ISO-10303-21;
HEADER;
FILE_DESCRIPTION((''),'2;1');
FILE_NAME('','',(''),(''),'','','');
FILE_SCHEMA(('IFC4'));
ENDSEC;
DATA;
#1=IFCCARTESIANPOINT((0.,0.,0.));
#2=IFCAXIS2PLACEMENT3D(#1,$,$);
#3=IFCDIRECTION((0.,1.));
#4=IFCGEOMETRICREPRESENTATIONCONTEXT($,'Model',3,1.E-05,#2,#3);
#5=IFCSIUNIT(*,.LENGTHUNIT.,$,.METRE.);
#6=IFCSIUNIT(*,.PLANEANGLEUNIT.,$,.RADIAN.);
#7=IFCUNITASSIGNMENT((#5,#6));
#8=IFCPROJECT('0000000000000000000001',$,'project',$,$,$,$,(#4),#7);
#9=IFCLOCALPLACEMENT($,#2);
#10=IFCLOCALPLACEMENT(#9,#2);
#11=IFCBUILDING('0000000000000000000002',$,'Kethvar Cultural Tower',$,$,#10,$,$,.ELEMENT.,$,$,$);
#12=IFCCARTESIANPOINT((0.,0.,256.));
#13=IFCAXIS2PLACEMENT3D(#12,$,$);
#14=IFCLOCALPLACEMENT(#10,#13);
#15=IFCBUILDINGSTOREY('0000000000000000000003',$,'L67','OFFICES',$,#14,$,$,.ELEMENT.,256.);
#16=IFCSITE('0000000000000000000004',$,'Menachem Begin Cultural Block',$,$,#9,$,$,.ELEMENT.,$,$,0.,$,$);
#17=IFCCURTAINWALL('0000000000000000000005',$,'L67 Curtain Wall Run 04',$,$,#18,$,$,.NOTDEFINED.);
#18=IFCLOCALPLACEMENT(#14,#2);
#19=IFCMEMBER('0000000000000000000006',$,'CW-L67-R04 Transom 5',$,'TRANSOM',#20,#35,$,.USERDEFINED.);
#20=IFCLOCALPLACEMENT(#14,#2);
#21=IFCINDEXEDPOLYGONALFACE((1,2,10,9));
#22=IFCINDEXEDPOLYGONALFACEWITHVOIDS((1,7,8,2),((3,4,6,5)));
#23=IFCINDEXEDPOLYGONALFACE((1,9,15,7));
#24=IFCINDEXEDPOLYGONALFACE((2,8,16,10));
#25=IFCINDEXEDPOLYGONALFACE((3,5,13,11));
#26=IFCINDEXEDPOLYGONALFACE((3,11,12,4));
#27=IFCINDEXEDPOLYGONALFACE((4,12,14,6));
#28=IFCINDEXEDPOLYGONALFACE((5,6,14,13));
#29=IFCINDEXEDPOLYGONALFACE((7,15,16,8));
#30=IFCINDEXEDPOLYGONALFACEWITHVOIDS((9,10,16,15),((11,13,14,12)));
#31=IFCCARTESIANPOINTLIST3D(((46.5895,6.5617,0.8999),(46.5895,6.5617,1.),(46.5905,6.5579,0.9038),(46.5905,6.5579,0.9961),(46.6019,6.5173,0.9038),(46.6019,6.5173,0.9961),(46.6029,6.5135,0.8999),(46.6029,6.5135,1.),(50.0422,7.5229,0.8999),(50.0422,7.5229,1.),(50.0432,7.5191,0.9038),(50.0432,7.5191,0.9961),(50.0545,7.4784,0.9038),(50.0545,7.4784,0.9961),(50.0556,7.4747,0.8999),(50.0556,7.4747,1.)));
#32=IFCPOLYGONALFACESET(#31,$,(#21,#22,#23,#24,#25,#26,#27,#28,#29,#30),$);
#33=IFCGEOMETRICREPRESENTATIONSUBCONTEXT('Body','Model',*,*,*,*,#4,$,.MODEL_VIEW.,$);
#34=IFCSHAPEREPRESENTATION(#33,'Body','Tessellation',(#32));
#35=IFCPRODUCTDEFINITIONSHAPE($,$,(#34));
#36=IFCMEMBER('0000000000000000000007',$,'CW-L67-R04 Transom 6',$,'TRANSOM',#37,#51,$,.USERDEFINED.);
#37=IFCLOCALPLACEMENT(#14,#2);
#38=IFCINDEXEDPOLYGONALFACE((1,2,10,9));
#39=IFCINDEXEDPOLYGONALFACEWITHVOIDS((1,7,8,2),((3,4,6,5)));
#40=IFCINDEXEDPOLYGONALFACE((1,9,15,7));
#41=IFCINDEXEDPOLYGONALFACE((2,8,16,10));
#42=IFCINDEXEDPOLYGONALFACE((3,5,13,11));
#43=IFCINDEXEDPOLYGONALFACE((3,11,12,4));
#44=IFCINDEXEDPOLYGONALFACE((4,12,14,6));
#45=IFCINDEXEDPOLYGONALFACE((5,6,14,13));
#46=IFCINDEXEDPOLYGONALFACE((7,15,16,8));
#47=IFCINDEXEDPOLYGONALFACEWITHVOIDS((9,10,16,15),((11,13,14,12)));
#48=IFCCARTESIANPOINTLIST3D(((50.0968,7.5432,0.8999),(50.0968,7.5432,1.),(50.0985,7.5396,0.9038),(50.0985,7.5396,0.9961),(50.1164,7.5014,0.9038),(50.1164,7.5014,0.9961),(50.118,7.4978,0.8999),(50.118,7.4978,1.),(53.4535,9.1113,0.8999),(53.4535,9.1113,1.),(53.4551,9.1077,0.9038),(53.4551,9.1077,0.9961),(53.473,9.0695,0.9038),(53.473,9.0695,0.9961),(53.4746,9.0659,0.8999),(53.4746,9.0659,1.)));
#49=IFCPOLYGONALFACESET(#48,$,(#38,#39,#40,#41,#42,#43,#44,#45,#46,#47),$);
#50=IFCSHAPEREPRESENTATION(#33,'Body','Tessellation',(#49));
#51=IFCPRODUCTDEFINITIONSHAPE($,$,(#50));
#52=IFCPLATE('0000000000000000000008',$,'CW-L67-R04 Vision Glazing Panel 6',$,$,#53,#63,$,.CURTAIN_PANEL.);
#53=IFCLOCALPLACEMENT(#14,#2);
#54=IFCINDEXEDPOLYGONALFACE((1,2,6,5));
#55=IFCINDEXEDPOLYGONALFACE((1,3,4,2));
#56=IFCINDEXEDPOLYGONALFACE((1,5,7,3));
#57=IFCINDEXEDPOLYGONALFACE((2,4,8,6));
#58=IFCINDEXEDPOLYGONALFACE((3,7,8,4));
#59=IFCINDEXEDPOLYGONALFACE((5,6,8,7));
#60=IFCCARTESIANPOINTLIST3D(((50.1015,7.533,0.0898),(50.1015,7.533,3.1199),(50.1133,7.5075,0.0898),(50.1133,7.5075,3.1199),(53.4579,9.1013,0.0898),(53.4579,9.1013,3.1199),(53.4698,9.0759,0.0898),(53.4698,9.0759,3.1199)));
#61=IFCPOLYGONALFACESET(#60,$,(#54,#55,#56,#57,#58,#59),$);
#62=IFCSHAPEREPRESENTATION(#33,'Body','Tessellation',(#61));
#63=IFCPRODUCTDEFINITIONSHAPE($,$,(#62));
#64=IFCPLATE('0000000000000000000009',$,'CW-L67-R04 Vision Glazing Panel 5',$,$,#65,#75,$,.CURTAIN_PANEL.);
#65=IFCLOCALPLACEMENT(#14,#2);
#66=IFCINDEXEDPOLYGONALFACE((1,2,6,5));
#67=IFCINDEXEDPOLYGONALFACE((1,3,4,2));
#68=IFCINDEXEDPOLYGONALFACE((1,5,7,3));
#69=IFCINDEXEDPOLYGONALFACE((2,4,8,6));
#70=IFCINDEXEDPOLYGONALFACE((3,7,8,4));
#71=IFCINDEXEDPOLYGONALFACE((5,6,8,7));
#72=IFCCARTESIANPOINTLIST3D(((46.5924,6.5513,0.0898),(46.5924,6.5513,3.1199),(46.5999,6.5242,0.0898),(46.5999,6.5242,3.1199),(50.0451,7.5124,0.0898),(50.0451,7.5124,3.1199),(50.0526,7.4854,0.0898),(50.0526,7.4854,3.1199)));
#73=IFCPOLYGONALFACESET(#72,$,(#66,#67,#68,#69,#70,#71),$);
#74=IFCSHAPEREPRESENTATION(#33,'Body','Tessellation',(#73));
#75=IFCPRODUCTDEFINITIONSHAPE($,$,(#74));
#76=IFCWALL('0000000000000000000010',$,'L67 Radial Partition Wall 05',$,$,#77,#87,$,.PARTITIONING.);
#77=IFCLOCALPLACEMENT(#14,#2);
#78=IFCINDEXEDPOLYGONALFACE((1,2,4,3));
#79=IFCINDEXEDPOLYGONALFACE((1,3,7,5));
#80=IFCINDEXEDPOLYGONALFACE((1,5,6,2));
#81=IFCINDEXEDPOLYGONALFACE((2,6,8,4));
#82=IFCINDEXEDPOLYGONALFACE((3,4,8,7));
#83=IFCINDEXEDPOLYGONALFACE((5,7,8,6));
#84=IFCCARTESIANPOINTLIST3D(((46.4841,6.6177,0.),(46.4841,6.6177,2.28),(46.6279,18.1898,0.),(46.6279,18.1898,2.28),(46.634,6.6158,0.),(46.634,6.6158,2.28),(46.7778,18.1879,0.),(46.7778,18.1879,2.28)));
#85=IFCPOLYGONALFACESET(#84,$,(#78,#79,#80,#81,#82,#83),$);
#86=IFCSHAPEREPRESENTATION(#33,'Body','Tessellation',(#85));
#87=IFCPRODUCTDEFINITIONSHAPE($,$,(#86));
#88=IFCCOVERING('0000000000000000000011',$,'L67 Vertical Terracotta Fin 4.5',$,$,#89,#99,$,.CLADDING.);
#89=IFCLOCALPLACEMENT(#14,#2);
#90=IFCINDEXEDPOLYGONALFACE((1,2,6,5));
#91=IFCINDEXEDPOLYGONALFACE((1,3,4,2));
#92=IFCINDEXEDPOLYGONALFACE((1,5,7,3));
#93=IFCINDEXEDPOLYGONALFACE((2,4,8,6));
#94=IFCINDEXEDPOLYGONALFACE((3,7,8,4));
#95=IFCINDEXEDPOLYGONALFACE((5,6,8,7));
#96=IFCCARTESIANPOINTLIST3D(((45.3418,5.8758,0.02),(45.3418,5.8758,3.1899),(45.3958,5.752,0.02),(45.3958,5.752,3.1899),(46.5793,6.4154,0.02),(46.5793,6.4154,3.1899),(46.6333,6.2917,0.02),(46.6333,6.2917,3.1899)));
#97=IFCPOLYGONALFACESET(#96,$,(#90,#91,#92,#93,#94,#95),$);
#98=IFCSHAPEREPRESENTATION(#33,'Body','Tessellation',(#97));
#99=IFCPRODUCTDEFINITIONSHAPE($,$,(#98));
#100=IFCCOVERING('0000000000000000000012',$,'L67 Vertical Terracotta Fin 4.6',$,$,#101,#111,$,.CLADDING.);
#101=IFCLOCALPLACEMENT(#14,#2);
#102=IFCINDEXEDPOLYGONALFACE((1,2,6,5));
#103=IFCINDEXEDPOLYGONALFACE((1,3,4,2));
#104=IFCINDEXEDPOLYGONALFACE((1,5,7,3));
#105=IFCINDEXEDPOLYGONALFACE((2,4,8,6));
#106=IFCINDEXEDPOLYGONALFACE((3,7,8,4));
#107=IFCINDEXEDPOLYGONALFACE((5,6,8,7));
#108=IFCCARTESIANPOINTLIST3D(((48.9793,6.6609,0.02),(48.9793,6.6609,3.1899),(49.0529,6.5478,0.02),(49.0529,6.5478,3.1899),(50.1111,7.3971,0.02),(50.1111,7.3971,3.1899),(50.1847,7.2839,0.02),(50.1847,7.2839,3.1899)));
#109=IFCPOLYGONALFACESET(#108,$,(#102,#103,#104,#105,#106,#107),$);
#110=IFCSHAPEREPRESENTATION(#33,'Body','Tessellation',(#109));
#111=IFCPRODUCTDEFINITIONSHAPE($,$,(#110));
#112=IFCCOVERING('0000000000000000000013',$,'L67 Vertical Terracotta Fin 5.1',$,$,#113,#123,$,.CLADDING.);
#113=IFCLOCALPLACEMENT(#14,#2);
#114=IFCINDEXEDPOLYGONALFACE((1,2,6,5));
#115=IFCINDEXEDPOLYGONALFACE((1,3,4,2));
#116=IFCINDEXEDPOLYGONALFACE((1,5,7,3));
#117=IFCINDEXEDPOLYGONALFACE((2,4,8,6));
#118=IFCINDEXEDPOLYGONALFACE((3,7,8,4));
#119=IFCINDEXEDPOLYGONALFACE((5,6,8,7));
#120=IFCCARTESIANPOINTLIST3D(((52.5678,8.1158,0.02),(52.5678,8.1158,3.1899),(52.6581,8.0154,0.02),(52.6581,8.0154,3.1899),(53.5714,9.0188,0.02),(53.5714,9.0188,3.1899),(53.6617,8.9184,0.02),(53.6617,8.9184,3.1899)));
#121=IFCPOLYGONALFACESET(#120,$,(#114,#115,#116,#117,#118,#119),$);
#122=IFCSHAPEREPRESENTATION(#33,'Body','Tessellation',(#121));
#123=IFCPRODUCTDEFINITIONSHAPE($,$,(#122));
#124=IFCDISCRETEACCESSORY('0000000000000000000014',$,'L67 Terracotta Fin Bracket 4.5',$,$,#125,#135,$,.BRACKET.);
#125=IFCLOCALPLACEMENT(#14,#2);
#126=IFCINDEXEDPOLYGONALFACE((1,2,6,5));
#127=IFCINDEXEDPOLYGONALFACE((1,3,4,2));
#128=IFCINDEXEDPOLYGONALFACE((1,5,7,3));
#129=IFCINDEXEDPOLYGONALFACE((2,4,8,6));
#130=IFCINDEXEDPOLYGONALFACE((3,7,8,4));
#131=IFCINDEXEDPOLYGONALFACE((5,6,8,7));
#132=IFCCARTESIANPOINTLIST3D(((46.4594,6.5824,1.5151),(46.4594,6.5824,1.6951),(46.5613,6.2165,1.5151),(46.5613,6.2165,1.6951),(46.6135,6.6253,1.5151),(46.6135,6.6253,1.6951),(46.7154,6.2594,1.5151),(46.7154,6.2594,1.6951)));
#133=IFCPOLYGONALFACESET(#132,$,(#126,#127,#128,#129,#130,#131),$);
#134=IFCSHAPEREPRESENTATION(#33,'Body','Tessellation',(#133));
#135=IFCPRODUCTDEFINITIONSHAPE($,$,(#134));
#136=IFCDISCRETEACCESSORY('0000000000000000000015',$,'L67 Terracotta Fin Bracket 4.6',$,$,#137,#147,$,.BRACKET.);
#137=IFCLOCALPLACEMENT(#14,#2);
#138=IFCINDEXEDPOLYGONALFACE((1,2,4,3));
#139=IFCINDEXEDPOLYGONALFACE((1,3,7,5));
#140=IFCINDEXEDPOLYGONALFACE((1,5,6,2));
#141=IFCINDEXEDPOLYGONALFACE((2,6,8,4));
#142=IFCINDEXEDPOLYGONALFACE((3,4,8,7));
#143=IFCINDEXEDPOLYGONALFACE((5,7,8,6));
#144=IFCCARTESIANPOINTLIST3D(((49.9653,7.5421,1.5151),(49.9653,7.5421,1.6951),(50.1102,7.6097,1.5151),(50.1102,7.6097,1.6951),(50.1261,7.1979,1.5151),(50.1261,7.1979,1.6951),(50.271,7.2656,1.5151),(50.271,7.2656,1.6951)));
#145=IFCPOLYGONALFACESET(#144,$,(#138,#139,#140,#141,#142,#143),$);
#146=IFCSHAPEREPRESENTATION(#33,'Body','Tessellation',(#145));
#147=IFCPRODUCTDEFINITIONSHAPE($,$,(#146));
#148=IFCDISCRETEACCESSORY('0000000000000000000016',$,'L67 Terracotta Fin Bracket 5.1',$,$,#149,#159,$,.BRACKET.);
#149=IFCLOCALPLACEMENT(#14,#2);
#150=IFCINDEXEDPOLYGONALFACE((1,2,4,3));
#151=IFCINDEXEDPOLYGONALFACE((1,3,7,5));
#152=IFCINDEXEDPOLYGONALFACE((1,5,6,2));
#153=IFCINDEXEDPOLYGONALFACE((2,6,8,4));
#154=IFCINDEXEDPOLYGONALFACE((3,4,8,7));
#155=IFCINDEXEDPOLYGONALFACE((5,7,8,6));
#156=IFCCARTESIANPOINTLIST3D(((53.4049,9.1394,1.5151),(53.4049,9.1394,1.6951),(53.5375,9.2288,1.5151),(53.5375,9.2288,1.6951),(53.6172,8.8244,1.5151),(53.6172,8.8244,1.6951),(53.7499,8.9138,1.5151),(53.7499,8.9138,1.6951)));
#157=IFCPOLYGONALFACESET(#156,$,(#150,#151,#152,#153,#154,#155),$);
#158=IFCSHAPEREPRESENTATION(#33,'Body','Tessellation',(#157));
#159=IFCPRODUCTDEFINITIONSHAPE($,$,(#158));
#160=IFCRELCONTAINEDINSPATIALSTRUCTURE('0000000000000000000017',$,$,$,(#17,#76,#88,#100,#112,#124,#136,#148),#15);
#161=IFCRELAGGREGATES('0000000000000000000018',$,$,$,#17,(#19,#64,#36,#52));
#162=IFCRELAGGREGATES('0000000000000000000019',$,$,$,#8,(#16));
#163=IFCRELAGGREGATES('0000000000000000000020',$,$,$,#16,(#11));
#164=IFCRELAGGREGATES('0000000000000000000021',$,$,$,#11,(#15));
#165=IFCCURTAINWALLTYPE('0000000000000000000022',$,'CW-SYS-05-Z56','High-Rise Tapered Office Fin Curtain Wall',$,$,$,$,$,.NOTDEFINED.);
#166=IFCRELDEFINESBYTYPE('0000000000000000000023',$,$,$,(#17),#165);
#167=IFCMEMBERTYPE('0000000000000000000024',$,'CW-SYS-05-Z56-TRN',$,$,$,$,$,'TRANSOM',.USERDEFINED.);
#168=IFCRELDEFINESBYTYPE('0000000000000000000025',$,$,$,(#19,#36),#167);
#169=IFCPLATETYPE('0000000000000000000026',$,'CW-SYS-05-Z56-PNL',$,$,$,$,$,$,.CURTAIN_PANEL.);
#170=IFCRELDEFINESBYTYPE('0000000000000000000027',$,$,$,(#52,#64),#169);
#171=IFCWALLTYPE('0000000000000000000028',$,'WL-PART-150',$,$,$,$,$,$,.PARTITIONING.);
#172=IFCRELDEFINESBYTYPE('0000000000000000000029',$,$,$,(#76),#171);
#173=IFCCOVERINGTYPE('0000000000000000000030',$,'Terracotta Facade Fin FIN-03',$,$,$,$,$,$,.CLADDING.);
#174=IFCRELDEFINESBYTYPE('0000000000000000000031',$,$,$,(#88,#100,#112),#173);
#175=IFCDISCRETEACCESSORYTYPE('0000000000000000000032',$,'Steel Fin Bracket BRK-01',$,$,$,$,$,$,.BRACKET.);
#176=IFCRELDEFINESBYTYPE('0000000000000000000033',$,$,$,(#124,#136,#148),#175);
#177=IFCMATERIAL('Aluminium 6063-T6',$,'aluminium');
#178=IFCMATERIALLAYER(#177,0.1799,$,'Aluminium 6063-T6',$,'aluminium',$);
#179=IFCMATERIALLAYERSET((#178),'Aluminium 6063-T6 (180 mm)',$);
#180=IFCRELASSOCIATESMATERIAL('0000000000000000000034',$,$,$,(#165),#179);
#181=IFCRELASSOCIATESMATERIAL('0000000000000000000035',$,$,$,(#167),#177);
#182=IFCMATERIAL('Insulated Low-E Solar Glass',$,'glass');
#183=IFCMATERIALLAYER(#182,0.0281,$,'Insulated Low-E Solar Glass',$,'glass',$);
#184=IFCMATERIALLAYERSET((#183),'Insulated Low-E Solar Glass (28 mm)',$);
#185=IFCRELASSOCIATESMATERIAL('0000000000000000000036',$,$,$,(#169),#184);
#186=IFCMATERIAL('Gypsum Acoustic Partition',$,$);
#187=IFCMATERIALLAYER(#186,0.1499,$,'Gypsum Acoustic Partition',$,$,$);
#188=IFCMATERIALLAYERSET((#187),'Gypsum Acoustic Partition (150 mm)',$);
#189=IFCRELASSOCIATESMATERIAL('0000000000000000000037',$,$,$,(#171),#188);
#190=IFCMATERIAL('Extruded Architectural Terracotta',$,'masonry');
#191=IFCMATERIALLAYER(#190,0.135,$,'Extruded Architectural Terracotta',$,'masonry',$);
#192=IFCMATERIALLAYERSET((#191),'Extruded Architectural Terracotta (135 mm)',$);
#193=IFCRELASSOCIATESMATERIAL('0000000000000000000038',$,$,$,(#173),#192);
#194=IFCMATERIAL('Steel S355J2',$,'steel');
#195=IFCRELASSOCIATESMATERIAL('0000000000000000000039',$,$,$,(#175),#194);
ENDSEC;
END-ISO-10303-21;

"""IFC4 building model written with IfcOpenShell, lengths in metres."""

from ifc_helpers import new_model, si_unit, direction, frame, frame_2d, origin, origin_2d, place, context, subcontext, project, spatial, rectangle, hollow_rectangle, extrude, source, transform, mapped, material, layer, layer_set, material_profile, profile_set, type_object, element, aggregate, save


model = new_model("IFC4")

# Units and contexts
model_context = context("Model", 3, precision=1e-05, world=origin(), true_north=direction((0.0, 1.0)))
body_context = subcontext(model_context, "Body", "Model", "MODEL_VIEW")
ifc_project = project(units=[si_unit("LENGTHUNIT", "METRE"), si_unit("PLANEANGLEUNIT", "RADIAN")], contexts=[model_context])

# Site, building, storey
site_placement = place(None, origin())
site = spatial("IfcSite", under=ifc_project, at=site_placement, Name="Menachem Begin Cultural Block", CompositionType="ELEMENT", RefElevation=0.0)
building_placement = place(site_placement, origin())
building = spatial("IfcBuilding", under=site, at=building_placement, Name="Kethvar Cultural Tower", CompositionType="ELEMENT")
storey_placement = place(building_placement, frame((0.0, 0.0, 256.0)))
storey = spatial("IfcBuildingStorey", under=building, at=storey_placement, Name="L67", Description="OFFICES", CompositionType="ELEMENT", Elevation=256.0)

# Shared definitions
ifc_material_1 = material(Name="Steel S355J2", Category="steel")

# Curtain wall
ifc_material_2 = material(Name="Aluminium 6063-T6", Category="aluminium")
ifc_layer_1 = layer(ifc_material_2, 0.1799, Name="Aluminium 6063-T6", Category="aluminium")
ifc_layer_set_1 = layer_set([ifc_layer_1], Name="Aluminium 6063-T6 (180 mm)")
curtain_wall_type = type_object("IfcCurtainWallType", Name="CW-SYS-05-Z56", Description="High-Rise Tapered Office Fin Curtain Wall", PredefinedType="NOTDEFINED", material=ifc_layer_set_1)
curtain_wall_1_placement = place(storey_placement, origin())
curtain_wall_1 = element("IfcCurtainWall", 1, at=curtain_wall_1_placement, inside=storey, type_object=curtain_wall_type, Name="L67 Curtain Wall Run 04", PredefinedType="NOTDEFINED")
ifc_material_profile_1 = material_profile(ifc_material_2, hollow_rectangle(XDim=0.05, YDim=0.1001, WallThickness=0.0039, at=origin_2d()), Name="Aluminium 6063-T6 — RHS100x50x4")
ifc_profile_set_1 = profile_set([ifc_material_profile_1], Name="Aluminium 6063-T6 — RHS100x50x4")
member_type_1 = type_object("IfcMemberType", Name="CW-SYS-05-Z56-TRN", ElementType="TRANSOM", PredefinedType="USERDEFINED", material=ifc_profile_set_1)

# Members
shared_shape_1 = source(origin(), body_context, "Body", "SweptSolid", [
    extrude(hollow_rectangle(XDim=0.05, YDim=0.1001, WallThickness=0.0039, at=origin_2d()), origin(), (0.0, 0.0, 1.0), 3.584),
])
member_1_placement = place(storey_placement, frame((46.5962, 6.5376, 0.95), z_axis=(0.963366, 0.268192, 0.0), x_axis=(-0.268192, 0.963366, 0.0)))
member_1 = element("IfcMember", 2, at=member_1_placement, type_object=member_type_1, Name="CW-L67-R04 Transom 5", ObjectType="TRANSOM", PredefinedType="USERDEFINED", context=body_context, shape_type="MappedRepresentation", body=[
    mapped(shared_shape_1, transform((0.0, 0.0, 0.0), scale=1.0)),
])
shared_shape_2 = source(origin(), body_context, "Body", "SweptSolid", [
    extrude(hollow_rectangle(XDim=0.05, YDim=0.1001, WallThickness=0.0039, at=origin_2d()), origin(), (0.0, 0.0, 1.0), 3.7048),
])
member_2_placement = place(storey_placement, frame((50.1074, 7.5205, 0.95), z_axis=(0.906011, 0.423253, 0.0), x_axis=(-0.423253, 0.906011, 0.0)))
member_2 = element("IfcMember", 3, at=member_2_placement, type_object=member_type_1, Name="CW-L67-R04 Transom 6", ObjectType="TRANSOM", PredefinedType="USERDEFINED", context=body_context, shape_type="MappedRepresentation", body=[
    mapped(shared_shape_2, transform((0.0, 0.0, 0.0), scale=1.0)),
])

# Plates
ifc_material_3 = material(Name="Insulated Low-E Solar Glass", Category="glass")
ifc_layer_2 = layer(ifc_material_3, 0.0281, Name="Insulated Low-E Solar Glass", Category="glass")
ifc_layer_set_2 = layer_set([ifc_layer_2], Name="Insulated Low-E Solar Glass (28 mm)")
plate_type = type_object("IfcPlateType", Name="CW-SYS-05-Z56-PNL", PredefinedType="CURTAIN_PANEL", material=ifc_layer_set_2)
shared_shape_3 = source(origin(), body_context, "Body", "SweptSolid", [
    extrude(rectangle(XDim=3.7048, YDim=0.0281, at=origin_2d()), origin(), (0.0, 0.0, 1.0), 3.03),
])
plate_1_placement = place(storey_placement, frame((51.7856, 8.3044, 0.0898), z_axis=(0.0, 0.0, 1.0), x_axis=(0.905976, 0.42333, 0.0)))
plate_1 = element("IfcPlate", 4, at=plate_1_placement, type_object=plate_type, Name="CW-L67-R04 Vision Glazing Panel 6", PredefinedType="CURTAIN_PANEL", context=body_context, shape_type="MappedRepresentation", body=[
    mapped(shared_shape_3, transform((0.0, 0.0, 0.0), scale=1.0)),
])
shared_shape_4 = source(origin(), body_context, "Body", "SweptSolid", [
    extrude(rectangle(XDim=3.584, YDim=0.0281, at=origin_2d()), origin(), (0.0, 0.0, 1.0), 3.03),
])
plate_2_placement = place(storey_placement, frame((48.3225, 7.0183, 0.0898), z_axis=(0.0, 0.0, 1.0), x_axis=(0.963369, 0.26818, 0.0)))
plate_2 = element("IfcPlate", 5, at=plate_2_placement, type_object=plate_type, Name="CW-L67-R04 Vision Glazing Panel 5", PredefinedType="CURTAIN_PANEL", context=body_context, shape_type="MappedRepresentation", body=[
    mapped(shared_shape_4, transform((0.0, 0.0, 0.0), scale=1.0)),
])
aggregate(curtain_wall_1, [member_1, plate_2, member_2, plate_1])

# Wall
ifc_material_4 = material(Name="Gypsum Acoustic Partition")
ifc_layer_3 = layer(ifc_material_4, 0.1499, Name="Gypsum Acoustic Partition")
ifc_layer_set_3 = layer_set([ifc_layer_3], Name="Gypsum Acoustic Partition (150 mm)")
wall_type = type_object("IfcWallType", Name="WL-PART-150", PredefinedType="PARTITIONING", material=ifc_layer_set_3)
wall_placement = place(storey_placement, frame((46.7029, 18.189, 0.0), z_axis=(0.0, 0.0, 1.0), x_axis=(-0.012425, -0.999923, 0.0)))
element("IfcWall", 6, at=wall_placement, inside=storey, type_object=wall_type, Name="L67 Radial Partition Wall 05", PredefinedType="PARTITIONING", context=body_context, shape_type="SweptSolid", body=[
    extrude(rectangle(XDim=11.573, YDim=0.1499, at=frame_2d((5.7866, 0.0))), origin(), (0.0, 0.0, 1.0), 2.28),
])

# Coverings
ifc_material_5 = material(Name="Extruded Architectural Terracotta", Category="masonry")
ifc_layer_4 = layer(ifc_material_5, 0.135, Name="Extruded Architectural Terracotta", Category="masonry")
ifc_layer_set_4 = layer_set([ifc_layer_4], Name="Extruded Architectural Terracotta (135 mm)")
covering_type = type_object("IfcCoveringType", Name="Terracotta Facade Fin FIN-03", PredefinedType="CLADDING", material=ifc_layer_set_4)
shared_shape_5 = source(origin(), body_context, "Body", "SweptSolid", [
    extrude(rectangle(XDim=1.3501, YDim=0.135, at=origin_2d()), origin(), (0.0, 0.0, 1.0), 3.1699),
])
for number, where, z_axis, x_axis, name in (
    (7, (45.9875, 6.0837, 0.02), (0.0, 0.0, 1.0), (-0.916642, -0.399709, 0.0), "L67 Vertical Terracotta Fin 4.5"),
    (8, (49.582, 6.9724, 0.02), (0.0, 0.0, 1.0), (-0.83829, -0.545224, 0.0), "L67 Vertical Terracotta Fin 4.6"),
    (9, (53.1147, 8.5171, 0.02), (0.0, 0.0, 1.0), (-0.743378, -0.668871, 0.0), "L67 Vertical Terracotta Fin 5.1"),
):
    element("IfcCovering", number, at=place(storey_placement, frame(where, z_axis=z_axis, x_axis=x_axis)), inside=storey, type_object=covering_type, Name=name, PredefinedType="CLADDING", context=body_context, shape_type="MappedRepresentation", body=[
        mapped(shared_shape_5, transform((0.0, 0.0, 0.0), scale=1.0)),
    ])

# Discrete accessories
discrete_accessory_type = type_object("IfcDiscreteAccessoryType", Name="Steel Fin Bracket BRK-01", PredefinedType="BRACKET", material=ifc_material_1)
shared_shape_6 = source(origin(), body_context, "Body", "SweptSolid", [
    extrude(rectangle(XDim=0.3799, YDim=0.1599, at=origin_2d()), origin(), (0.0, 0.0, 1.0), 0.1799),
])
for number, where, z_axis, x_axis, name in (
    (10, (46.5874, 6.4209, 1.5151), (0.0, 0.0, 1.0), (0.268247, -0.96335, 0.0), "L67 Terracotta Fin Bracket 4.5"),
    (11, (50.1182, 7.4038, 1.5151), (0.0, 0.0, 1.0), (0.423251, -0.906013, 0.0), "L67 Terracotta Fin Bracket 4.6"),
    (12, (53.5774, 9.0266, 1.5151), (0.0, 0.0, 1.0), (0.558903, -0.829233, 0.0), "L67 Terracotta Fin Bracket 5.1"),
):
    element("IfcDiscreteAccessory", number, at=place(storey_placement, frame(where, z_axis=z_axis, x_axis=x_axis)), inside=storey, type_object=discrete_accessory_type, Name=name, PredefinedType="BRACKET", context=body_context, shape_type="MappedRepresentation", body=[
        mapped(shared_shape_6, transform((0.0, 0.0, 0.0), scale=1.0)),
    ])

save(model, "model.ifc")
